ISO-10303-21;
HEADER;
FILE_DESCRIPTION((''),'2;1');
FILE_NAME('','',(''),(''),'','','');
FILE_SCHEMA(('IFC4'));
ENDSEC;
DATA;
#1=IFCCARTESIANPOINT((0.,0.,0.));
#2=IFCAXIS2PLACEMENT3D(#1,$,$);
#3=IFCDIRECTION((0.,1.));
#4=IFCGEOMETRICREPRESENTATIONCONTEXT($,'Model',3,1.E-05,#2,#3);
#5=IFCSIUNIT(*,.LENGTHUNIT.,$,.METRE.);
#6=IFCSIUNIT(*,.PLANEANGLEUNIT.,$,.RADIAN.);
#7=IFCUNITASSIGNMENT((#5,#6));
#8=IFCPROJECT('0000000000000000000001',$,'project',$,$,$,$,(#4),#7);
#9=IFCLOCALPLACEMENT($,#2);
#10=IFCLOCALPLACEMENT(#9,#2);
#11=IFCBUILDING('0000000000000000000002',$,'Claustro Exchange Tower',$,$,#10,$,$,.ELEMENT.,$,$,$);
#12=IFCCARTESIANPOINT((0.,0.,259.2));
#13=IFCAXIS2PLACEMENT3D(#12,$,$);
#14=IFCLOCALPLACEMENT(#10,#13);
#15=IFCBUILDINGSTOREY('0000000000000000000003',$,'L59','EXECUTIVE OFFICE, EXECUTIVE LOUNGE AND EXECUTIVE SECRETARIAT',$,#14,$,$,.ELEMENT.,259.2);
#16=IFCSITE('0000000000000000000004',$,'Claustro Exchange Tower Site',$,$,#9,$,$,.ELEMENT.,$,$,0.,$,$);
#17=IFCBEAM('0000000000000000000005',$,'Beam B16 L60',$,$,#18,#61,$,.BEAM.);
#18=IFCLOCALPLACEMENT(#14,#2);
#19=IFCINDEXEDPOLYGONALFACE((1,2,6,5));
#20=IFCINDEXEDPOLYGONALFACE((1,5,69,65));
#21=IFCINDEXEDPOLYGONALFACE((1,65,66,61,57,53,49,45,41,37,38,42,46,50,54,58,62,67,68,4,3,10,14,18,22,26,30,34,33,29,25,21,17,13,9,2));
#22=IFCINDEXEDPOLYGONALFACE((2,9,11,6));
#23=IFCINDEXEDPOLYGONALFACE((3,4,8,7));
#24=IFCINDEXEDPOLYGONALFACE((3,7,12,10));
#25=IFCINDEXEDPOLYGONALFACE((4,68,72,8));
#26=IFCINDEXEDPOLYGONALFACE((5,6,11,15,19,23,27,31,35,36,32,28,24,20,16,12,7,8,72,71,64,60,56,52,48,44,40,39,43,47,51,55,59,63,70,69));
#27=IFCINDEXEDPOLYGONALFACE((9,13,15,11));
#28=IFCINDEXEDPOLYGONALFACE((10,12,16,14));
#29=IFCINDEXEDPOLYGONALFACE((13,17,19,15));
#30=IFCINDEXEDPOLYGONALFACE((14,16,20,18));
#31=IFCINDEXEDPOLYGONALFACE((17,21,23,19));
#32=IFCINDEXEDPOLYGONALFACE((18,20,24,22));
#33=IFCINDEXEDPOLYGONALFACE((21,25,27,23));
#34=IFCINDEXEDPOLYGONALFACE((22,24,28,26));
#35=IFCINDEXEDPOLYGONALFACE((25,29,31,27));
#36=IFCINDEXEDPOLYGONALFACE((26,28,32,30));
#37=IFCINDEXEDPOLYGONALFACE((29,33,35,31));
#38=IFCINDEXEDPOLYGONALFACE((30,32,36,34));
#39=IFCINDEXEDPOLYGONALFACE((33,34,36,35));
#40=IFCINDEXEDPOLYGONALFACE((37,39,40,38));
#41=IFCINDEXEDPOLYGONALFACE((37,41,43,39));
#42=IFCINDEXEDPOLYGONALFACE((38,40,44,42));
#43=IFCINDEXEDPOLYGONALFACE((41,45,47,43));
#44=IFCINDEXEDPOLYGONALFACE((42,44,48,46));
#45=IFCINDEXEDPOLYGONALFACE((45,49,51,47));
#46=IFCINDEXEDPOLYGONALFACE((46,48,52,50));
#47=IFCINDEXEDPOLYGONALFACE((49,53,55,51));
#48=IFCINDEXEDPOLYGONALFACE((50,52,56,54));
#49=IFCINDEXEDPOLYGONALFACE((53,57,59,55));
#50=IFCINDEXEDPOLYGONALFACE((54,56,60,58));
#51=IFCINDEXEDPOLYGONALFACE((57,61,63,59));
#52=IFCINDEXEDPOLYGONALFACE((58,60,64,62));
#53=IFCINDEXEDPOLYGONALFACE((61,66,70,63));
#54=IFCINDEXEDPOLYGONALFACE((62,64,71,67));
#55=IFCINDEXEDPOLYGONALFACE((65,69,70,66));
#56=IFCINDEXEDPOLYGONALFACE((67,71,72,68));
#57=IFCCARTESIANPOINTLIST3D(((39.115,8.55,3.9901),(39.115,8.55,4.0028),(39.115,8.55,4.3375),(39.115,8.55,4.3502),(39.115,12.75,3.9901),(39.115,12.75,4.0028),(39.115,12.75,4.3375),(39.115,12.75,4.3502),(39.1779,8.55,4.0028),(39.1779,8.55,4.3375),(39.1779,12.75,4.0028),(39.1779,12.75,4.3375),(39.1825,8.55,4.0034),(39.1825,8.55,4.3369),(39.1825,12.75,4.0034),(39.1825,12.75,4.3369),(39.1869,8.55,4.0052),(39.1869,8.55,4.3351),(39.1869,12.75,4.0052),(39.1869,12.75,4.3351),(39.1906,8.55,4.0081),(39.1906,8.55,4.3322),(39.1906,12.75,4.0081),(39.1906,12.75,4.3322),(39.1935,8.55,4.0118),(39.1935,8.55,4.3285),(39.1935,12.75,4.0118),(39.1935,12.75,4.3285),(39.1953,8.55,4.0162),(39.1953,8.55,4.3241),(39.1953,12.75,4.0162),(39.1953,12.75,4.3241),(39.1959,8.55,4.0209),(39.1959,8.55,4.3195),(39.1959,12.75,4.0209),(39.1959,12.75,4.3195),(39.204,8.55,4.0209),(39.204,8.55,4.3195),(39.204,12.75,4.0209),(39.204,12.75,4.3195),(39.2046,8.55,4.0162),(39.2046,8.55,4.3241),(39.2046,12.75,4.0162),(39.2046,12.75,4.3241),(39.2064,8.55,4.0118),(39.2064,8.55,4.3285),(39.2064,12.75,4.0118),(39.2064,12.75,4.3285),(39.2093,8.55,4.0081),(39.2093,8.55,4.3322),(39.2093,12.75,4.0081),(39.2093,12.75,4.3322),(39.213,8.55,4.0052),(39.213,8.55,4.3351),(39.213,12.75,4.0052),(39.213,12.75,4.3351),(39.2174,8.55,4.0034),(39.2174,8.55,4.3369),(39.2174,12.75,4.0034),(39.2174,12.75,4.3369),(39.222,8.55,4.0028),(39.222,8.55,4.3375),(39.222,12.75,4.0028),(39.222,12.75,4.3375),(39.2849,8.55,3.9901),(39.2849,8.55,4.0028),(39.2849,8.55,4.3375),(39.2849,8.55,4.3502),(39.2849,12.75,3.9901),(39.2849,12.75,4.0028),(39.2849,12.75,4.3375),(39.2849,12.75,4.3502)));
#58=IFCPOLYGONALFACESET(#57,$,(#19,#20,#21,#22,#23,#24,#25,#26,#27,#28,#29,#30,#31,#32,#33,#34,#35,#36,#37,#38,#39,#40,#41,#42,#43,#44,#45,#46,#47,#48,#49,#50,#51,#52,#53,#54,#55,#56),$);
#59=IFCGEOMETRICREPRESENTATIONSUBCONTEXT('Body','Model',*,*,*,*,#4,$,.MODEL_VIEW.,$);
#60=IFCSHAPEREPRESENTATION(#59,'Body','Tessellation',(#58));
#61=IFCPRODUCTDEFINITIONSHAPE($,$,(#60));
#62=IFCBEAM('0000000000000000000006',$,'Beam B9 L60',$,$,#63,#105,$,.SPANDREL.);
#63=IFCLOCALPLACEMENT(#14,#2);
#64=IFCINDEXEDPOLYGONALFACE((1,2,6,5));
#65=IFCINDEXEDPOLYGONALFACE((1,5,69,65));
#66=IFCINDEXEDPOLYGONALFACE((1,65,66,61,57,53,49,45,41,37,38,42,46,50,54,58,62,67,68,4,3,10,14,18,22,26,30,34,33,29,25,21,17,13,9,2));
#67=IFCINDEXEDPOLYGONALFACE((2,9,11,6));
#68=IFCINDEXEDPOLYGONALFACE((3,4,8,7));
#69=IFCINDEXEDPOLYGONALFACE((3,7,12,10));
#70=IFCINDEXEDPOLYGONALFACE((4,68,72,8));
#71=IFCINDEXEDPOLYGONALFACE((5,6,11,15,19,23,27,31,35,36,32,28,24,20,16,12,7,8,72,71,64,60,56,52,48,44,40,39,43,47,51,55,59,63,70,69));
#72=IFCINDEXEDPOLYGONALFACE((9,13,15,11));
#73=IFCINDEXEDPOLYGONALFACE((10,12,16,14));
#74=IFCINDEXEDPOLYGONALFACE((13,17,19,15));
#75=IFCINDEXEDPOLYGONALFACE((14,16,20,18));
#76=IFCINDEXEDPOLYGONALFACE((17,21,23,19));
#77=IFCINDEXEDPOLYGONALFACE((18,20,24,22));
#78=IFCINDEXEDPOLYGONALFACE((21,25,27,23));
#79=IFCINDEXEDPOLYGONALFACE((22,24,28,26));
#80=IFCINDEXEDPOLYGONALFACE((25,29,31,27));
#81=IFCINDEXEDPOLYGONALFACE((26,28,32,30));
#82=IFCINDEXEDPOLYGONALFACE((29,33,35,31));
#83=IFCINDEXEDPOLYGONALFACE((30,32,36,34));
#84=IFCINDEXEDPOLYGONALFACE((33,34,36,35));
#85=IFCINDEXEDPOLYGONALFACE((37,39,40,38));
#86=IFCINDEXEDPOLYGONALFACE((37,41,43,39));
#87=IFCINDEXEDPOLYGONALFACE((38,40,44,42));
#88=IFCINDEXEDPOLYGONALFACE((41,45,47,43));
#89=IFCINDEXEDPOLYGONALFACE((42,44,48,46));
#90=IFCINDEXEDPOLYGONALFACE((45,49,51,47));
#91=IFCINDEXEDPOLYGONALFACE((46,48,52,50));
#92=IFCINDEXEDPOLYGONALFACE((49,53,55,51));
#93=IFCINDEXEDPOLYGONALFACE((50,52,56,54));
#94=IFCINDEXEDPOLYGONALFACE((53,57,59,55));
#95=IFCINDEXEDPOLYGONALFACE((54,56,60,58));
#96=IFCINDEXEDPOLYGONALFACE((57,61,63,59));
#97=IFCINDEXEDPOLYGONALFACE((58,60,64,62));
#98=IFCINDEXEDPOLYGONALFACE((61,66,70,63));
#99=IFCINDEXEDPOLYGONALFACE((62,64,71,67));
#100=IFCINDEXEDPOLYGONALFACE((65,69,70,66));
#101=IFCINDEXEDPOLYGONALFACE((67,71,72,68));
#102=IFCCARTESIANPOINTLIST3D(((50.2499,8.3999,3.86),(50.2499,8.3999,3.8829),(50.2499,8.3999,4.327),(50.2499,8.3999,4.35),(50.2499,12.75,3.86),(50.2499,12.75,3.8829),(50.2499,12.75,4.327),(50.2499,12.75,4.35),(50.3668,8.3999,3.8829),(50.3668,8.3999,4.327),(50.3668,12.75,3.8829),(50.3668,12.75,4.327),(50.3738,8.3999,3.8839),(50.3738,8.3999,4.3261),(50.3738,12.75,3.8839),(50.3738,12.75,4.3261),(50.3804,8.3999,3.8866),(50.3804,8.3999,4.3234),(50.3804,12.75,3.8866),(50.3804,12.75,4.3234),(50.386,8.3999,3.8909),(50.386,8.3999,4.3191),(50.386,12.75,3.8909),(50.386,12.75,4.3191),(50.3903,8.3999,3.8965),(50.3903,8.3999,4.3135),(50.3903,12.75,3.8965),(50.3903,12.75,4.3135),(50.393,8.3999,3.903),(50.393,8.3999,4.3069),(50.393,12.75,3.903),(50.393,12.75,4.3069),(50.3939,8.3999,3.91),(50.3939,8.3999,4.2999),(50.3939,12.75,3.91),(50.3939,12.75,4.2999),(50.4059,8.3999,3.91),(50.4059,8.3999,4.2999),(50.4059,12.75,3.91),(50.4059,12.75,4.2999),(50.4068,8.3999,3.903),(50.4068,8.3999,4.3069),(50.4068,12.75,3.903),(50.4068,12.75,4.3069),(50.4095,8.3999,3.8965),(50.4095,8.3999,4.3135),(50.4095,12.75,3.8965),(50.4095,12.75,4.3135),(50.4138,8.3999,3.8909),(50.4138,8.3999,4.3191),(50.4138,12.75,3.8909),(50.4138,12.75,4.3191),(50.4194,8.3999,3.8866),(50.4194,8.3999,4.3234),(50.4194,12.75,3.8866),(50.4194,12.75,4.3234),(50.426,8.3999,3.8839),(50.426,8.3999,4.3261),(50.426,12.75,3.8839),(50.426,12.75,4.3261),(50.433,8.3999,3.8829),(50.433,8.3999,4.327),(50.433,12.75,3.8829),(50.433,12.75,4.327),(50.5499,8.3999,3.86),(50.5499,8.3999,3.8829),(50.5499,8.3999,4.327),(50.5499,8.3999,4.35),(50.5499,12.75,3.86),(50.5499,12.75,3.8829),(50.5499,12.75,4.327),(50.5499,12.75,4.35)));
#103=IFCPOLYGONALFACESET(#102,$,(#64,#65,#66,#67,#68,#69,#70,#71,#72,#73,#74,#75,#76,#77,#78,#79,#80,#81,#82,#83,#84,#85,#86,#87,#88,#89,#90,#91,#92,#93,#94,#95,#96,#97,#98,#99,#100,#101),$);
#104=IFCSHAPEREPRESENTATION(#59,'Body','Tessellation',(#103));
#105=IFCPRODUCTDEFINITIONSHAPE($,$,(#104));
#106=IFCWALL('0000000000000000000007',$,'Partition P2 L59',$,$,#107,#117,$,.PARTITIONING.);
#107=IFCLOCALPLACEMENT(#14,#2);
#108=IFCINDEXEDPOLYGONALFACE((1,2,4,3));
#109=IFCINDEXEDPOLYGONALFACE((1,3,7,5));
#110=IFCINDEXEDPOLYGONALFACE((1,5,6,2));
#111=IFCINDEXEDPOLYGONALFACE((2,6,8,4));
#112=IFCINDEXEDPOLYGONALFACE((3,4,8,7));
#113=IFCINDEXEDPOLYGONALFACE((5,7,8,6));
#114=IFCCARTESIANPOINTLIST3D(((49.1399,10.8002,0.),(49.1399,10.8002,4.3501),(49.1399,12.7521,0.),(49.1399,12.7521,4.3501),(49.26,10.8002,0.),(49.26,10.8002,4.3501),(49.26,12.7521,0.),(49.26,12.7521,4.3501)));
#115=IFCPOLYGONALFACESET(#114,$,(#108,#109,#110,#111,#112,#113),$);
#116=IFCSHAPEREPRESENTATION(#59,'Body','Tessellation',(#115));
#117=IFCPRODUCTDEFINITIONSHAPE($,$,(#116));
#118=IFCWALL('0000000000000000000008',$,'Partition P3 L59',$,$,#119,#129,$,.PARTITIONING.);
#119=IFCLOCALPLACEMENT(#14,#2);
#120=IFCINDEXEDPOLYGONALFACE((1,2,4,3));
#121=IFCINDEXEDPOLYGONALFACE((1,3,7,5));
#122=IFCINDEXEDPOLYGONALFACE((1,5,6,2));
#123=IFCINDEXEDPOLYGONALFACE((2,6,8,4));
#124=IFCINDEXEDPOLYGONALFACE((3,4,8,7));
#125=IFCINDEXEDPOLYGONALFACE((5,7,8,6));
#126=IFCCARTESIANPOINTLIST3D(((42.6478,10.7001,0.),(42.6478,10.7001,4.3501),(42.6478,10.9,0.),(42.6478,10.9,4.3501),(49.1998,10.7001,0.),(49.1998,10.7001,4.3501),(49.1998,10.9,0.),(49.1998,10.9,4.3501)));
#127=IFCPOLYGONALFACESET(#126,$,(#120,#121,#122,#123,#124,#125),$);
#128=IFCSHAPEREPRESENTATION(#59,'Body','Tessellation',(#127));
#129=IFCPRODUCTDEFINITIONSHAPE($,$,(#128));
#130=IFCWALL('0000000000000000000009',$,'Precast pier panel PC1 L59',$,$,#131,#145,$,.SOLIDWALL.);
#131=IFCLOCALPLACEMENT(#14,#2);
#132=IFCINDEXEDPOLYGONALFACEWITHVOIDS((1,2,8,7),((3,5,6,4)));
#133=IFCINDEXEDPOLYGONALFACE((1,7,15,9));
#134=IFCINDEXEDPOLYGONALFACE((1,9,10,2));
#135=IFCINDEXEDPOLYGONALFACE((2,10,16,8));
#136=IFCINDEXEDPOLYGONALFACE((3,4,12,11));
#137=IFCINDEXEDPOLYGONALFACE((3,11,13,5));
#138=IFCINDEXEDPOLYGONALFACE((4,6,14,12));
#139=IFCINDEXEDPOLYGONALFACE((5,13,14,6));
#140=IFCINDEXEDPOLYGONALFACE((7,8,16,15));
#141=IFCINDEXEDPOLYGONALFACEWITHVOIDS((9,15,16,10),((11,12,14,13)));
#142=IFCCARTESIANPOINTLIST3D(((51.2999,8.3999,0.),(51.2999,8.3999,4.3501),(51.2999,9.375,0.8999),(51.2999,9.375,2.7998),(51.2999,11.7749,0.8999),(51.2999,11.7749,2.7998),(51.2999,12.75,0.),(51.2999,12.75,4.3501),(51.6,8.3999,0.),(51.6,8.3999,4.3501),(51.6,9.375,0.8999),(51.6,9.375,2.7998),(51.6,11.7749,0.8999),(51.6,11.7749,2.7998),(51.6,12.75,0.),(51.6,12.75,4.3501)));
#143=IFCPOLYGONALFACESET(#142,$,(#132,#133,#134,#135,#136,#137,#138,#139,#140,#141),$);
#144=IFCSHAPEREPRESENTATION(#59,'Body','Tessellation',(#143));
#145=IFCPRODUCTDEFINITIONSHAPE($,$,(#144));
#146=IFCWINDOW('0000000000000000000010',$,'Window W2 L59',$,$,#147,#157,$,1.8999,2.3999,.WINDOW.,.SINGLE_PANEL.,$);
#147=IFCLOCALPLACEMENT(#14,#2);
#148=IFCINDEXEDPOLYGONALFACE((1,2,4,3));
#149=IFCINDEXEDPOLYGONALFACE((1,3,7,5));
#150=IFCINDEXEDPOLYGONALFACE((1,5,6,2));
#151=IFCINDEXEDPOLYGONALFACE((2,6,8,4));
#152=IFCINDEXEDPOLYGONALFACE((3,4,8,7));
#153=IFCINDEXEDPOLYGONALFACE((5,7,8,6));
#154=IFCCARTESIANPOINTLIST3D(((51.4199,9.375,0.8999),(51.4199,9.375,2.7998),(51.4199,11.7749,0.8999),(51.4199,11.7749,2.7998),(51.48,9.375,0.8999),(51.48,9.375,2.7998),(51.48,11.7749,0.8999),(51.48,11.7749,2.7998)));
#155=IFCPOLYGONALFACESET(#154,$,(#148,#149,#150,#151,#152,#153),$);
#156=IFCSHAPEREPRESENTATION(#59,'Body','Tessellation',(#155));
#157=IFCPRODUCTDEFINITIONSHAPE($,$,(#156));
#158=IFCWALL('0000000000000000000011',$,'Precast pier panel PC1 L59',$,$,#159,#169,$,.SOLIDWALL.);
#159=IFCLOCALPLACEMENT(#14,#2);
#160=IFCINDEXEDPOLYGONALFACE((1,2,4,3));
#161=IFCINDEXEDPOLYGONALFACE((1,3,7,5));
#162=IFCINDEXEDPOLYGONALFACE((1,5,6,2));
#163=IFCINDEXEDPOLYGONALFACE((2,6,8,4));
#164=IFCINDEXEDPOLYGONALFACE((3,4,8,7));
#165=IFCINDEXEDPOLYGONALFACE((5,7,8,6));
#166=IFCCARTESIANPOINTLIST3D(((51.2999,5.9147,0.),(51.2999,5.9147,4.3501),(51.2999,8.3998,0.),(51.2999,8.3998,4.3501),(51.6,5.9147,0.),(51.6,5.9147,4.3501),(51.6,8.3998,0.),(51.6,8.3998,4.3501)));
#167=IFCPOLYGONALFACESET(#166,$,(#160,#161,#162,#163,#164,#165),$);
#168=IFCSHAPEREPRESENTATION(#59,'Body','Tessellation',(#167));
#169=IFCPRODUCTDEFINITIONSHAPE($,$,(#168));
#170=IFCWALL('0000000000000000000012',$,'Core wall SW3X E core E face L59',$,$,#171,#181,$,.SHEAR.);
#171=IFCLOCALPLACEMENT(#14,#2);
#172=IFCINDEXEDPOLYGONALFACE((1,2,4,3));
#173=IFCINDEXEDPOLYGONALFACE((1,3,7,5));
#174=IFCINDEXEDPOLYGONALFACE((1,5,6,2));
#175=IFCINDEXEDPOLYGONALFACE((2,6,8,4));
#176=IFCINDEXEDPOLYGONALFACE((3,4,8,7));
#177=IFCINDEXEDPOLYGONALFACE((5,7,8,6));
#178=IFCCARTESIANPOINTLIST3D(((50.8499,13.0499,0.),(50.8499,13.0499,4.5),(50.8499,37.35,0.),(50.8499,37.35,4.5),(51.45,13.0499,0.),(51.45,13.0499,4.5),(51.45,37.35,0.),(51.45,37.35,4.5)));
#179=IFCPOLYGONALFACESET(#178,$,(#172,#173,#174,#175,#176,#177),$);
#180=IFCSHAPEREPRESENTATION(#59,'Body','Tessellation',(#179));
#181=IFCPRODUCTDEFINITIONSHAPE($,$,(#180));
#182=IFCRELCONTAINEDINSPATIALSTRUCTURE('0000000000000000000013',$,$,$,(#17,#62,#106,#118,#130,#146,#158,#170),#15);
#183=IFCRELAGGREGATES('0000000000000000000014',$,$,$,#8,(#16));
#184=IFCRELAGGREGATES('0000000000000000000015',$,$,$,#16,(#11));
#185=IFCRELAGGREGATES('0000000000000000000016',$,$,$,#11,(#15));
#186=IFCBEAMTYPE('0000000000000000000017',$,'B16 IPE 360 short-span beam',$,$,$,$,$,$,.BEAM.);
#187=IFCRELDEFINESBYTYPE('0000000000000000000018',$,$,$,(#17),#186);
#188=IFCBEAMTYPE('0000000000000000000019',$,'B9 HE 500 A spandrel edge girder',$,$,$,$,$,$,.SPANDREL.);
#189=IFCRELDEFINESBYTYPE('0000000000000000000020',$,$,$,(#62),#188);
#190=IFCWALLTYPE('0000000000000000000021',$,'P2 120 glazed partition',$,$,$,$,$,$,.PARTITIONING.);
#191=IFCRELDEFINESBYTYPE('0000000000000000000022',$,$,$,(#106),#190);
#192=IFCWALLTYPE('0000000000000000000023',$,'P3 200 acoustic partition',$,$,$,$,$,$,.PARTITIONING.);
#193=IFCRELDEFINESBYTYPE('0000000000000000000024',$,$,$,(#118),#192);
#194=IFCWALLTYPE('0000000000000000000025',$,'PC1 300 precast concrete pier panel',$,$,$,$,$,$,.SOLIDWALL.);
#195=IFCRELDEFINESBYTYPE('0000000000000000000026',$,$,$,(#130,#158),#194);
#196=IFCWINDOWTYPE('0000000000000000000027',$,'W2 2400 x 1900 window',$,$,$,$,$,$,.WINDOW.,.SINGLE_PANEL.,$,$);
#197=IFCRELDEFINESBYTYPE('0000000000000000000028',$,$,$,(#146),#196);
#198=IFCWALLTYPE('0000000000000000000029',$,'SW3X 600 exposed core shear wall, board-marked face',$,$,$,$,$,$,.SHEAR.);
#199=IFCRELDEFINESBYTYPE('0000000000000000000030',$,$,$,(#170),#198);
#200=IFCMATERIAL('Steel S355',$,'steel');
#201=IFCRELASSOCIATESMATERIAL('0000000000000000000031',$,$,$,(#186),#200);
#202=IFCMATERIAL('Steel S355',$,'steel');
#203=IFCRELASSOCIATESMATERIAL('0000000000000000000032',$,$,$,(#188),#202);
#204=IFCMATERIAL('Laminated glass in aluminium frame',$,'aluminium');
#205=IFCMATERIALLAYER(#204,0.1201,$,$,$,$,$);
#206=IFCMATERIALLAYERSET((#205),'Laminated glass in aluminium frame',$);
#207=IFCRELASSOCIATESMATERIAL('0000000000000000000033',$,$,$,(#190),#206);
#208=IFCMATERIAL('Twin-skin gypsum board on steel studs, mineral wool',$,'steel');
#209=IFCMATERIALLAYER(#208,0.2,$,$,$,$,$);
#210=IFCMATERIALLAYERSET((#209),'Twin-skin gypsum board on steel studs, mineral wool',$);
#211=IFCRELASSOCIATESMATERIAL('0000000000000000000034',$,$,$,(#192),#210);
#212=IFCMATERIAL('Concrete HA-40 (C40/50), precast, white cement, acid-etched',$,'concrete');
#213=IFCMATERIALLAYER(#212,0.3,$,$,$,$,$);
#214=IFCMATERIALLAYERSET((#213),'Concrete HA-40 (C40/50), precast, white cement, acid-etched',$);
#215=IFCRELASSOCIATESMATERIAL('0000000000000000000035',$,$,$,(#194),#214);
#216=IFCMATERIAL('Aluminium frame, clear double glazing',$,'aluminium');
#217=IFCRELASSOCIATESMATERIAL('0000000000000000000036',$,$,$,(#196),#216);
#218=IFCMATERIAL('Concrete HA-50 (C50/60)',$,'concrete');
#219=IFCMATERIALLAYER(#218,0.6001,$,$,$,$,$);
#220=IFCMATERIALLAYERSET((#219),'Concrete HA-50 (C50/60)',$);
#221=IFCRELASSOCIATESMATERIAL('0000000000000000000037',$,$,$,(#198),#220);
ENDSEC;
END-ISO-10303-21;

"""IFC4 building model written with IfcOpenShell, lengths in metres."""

from ifc_helpers import new_model, si_unit, direction, frame, frame_2d, origin, origin_2d, place, context, subcontext, project, spatial, rectangle, i_section, extrude, material, layer, layer_set, material_profile, profile_set, type_object, element, fill, save


model = new_model("IFC4")

# Units and contexts
model_context = context("Model", 3, precision=1e-05, world=origin(), true_north=direction((0.0, 1.0)))
body_context = subcontext(model_context, "Body", "Model", "MODEL_VIEW")
ifc_project = project(units=[si_unit("LENGTHUNIT", "METRE"), si_unit("PLANEANGLEUNIT", "RADIAN")], contexts=[model_context])

# Site, building, storey
site_placement = place(None, origin())
site = spatial("IfcSite", under=ifc_project, at=site_placement, Name="Claustro Exchange Tower Site", CompositionType="ELEMENT", RefElevation=0.0)
building_placement = place(site_placement, origin())
building = spatial("IfcBuilding", under=site, at=building_placement, Name="Claustro Exchange Tower", CompositionType="ELEMENT")
storey_placement = place(building_placement, frame((0.0, 0.0, 259.2)))
storey = spatial("IfcBuildingStorey", under=building, at=storey_placement, Name="L59", Description="EXECUTIVE OFFICE, EXECUTIVE LOUNGE AND EXECUTIVE SECRETARIAT", CompositionType="ELEMENT", Elevation=259.2)

# Beams
ifc_material_1 = material(Name="Steel S355", Category="steel")
ifc_material_profile_1 = material_profile(ifc_material_1, i_section(OverallWidth=0.1699, OverallDepth=0.3601, WebThickness=0.0081, FlangeThickness=0.0127, FilletRadius=0.0181, at=origin_2d()), Name="IPE 360")
ifc_profile_set_1 = profile_set([ifc_material_profile_1], Name="Steel S355")
beam_type_1 = type_object("IfcBeamType", Name="B16 IPE 360 short-span beam", PredefinedType="BEAM", material=ifc_profile_set_1)
beam_1_placement = place(storey_placement, frame((39.2, 8.55, 4.1702), z_axis=(0.0, 1.0, 0.0), x_axis=(-1.0, 0.0, 0.0)))
element("IfcBeam", 1, at=beam_1_placement, inside=storey, type_object=beam_type_1, Name="Beam B16 L60", PredefinedType="BEAM", context=body_context, shape_type="SweptSolid", body=[
    extrude(i_section(OverallWidth=0.1699, OverallDepth=0.3601, WebThickness=0.0081, FlangeThickness=0.0127, FilletRadius=0.0181, at=origin_2d()), origin(), (0.0, 0.0, 1.0), 4.2),
])
ifc_material_2 = material(Name="Steel S355", Category="steel")
ifc_material_profile_2 = material_profile(ifc_material_2, i_section(OverallWidth=0.3, OverallDepth=0.49, WebThickness=0.012, FlangeThickness=0.0229, FilletRadius=0.0271, at=origin_2d()), Name="HE 500 A")
ifc_profile_set_2 = profile_set([ifc_material_profile_2], Name="Steel S355")
beam_type_2 = type_object("IfcBeamType", Name="B9 HE 500 A spandrel edge girder", PredefinedType="SPANDREL", material=ifc_profile_set_2)
beam_2_placement = place(storey_placement, frame((50.3999, 8.3999, 4.105), z_axis=(0.0, 1.0, 0.0), x_axis=(-1.0, 0.0, 0.0)))
element("IfcBeam", 2, at=beam_2_placement, inside=storey, type_object=beam_type_2, Name="Beam B9 L60", PredefinedType="SPANDREL", context=body_context, shape_type="SweptSolid", body=[
    extrude(i_section(OverallWidth=0.3, OverallDepth=0.49, WebThickness=0.012, FlangeThickness=0.0229, FilletRadius=0.0271, at=origin_2d()), origin(), (0.0, 0.0, 1.0), 4.3501),
])

# Shared definitions
ifc_material_3 = material(Name="Laminated glass in aluminium frame", Category="aluminium")
ifc_layer_1 = layer(ifc_material_3, 0.1201)
ifc_layer_set_1 = layer_set([ifc_layer_1], Name="Laminated glass in aluminium frame")
wall_type_1 = type_object("IfcWallType", Name="P2 120 glazed partition", PredefinedType="PARTITIONING", material=ifc_layer_set_1)

# Walls
wall_1_placement = place(storey_placement, frame((49.2, 10.8, 0.0), z_axis=(0.0, 0.0, 1.0), x_axis=(0.0, 1.0, 0.0)))
element("IfcWall", 3, at=wall_1_placement, inside=storey, type_object=wall_type_1, Name="Partition P2 L59", PredefinedType="PARTITIONING", context=body_context, shape_type="SweptSolid", body=[
    extrude(rectangle(XDim=1.9519, YDim=0.1201, at=frame_2d((0.9761, 0.0))), origin(), (0.0, 0.0, 1.0), 4.3501),
])
ifc_material_4 = material(Name="Twin-skin gypsum board on steel studs, mineral wool", Category="steel")
ifc_layer_2 = layer(ifc_material_4, 0.2)
ifc_layer_set_2 = layer_set([ifc_layer_2], Name="Twin-skin gypsum board on steel studs, mineral wool")
wall_type_2 = type_object("IfcWallType", Name="P3 200 acoustic partition", PredefinedType="PARTITIONING", material=ifc_layer_set_2)
wall_2_placement = place(storey_placement, frame((42.6479, 10.8, 0.0), z_axis=(0.0, 0.0, 1.0), x_axis=(1.0, 0.0, 0.0)))
element("IfcWall", 4, at=wall_2_placement, inside=storey, type_object=wall_type_2, Name="Partition P3 L59", PredefinedType="PARTITIONING", context=body_context, shape_type="SweptSolid", body=[
    extrude(rectangle(XDim=6.552, YDim=0.2, at=frame_2d((3.2759, 0.0))), origin(), (0.0, 0.0, 1.0), 4.3501),
])

# Wall, opening, window
ifc_material_5 = material(Name="Concrete HA-40 (C40/50), precast, white cement, acid-etched", Category="concrete")
ifc_layer_3 = layer(ifc_material_5, 0.3)
ifc_layer_set_3 = layer_set([ifc_layer_3], Name="Concrete HA-40 (C40/50), precast, white cement, acid-etched")
wall_type_3 = type_object("IfcWallType", Name="PC1 300 precast concrete pier panel", PredefinedType="SOLIDWALL", material=ifc_layer_set_3)
wall_3_placement = place(storey_placement, frame((51.45, 12.75, 0.0), z_axis=(0.0, 0.0, 1.0), x_axis=(0.0, -1.0, 0.0)))
wall_3 = element("IfcWall", 5, at=wall_3_placement, inside=storey, type_object=wall_type_3, Name="Precast pier panel PC1 L59", PredefinedType="SOLIDWALL", context=body_context, shape_type="SweptSolid", body=[
    extrude(rectangle(XDim=4.3501, YDim=0.3, at=frame_2d((2.175, 0.0))), origin(), (0.0, 0.0, 1.0), 4.3501),
])
opening_1_placement = place(wall_3_placement, frame((0.9751, 0.0, 0.8999)))
opening_1 = element("IfcOpeningElement", 6, at=opening_1_placement, cuts=wall_3, PredefinedType="OPENING", context=body_context, shape_type="SweptSolid", body=[
    extrude(rectangle(XDim=2.3999, YDim=1.8999, at=frame_2d((1.2, 0.95))), frame((0.0, 0.1599, 0.0), z_axis=(0.0, -1.0, 0.0), x_axis=(1.0, 0.0, 0.0)), (0.0, 0.0, 1.0), 0.3201),
])
ifc_material_6 = material(Name="Aluminium frame, clear double glazing", Category="aluminium")
window_type = type_object("IfcWindowType", Name="W2 2400 x 1900 window", PartitioningType="SINGLE_PANEL", PredefinedType="WINDOW", material=ifc_material_6)
window_placement = place(opening_1_placement, origin())
window = element("IfcWindow", 7, at=window_placement, inside=storey, type_object=window_type, Name="Window W2 L59", OverallHeight=1.8999, OverallWidth=2.3999, PartitioningType="SINGLE_PANEL", PredefinedType="WINDOW", context=body_context, shape_type="SweptSolid", body=[
    extrude(rectangle(XDim=2.3999, YDim=1.8999, at=frame_2d((1.2, 0.95))), frame((0.0, 0.03, 0.0), z_axis=(0.0, -1.0, 0.0), x_axis=(1.0, 0.0, 0.0)), (0.0, 0.0, 1.0), 0.0601),
])
fill(opening_1, window)

# Walls
wall_4_placement = place(storey_placement, frame((51.45, 8.3999, 0.0), z_axis=(0.0, 0.0, 1.0), x_axis=(0.0, -1.0, 0.0)))
element("IfcWall", 8, at=wall_4_placement, inside=storey, type_object=wall_type_3, Name="Precast pier panel PC1 L59", PredefinedType="SOLIDWALL", context=body_context, shape_type="SweptSolid", body=[
    extrude(rectangle(XDim=2.4851, YDim=0.3, at=frame_2d((1.2427, 0.0))), origin(), (0.0, 0.0, 1.0), 4.3501),
])
ifc_material_7 = material(Name="Concrete HA-50 (C50/60)", Category="concrete")
ifc_layer_4 = layer(ifc_material_7, 0.6001)
ifc_layer_set_4 = layer_set([ifc_layer_4], Name="Concrete HA-50 (C50/60)")
wall_type_4 = type_object("IfcWallType", Name="SW3X 600 exposed core shear wall, board-marked face", PredefinedType="SHEAR", material=ifc_layer_set_4)
wall_5_placement = place(storey_placement, frame((51.1499, 13.05, 0.0), z_axis=(0.0, 0.0, 1.0), x_axis=(0.0, 1.0, 0.0)))
element("IfcWall", 9, at=wall_5_placement, inside=storey, type_object=wall_type_4, Name="Core wall SW3X E core E face L59", PredefinedType="SHEAR", context=body_context, shape_type="SweptSolid", body=[
    extrude(rectangle(XDim=24.3, YDim=0.6001, at=frame_2d((12.1499, 0.0))), origin(), (0.0, 0.0, 1.0), 4.5),
])

save(model, "model.ifc")
